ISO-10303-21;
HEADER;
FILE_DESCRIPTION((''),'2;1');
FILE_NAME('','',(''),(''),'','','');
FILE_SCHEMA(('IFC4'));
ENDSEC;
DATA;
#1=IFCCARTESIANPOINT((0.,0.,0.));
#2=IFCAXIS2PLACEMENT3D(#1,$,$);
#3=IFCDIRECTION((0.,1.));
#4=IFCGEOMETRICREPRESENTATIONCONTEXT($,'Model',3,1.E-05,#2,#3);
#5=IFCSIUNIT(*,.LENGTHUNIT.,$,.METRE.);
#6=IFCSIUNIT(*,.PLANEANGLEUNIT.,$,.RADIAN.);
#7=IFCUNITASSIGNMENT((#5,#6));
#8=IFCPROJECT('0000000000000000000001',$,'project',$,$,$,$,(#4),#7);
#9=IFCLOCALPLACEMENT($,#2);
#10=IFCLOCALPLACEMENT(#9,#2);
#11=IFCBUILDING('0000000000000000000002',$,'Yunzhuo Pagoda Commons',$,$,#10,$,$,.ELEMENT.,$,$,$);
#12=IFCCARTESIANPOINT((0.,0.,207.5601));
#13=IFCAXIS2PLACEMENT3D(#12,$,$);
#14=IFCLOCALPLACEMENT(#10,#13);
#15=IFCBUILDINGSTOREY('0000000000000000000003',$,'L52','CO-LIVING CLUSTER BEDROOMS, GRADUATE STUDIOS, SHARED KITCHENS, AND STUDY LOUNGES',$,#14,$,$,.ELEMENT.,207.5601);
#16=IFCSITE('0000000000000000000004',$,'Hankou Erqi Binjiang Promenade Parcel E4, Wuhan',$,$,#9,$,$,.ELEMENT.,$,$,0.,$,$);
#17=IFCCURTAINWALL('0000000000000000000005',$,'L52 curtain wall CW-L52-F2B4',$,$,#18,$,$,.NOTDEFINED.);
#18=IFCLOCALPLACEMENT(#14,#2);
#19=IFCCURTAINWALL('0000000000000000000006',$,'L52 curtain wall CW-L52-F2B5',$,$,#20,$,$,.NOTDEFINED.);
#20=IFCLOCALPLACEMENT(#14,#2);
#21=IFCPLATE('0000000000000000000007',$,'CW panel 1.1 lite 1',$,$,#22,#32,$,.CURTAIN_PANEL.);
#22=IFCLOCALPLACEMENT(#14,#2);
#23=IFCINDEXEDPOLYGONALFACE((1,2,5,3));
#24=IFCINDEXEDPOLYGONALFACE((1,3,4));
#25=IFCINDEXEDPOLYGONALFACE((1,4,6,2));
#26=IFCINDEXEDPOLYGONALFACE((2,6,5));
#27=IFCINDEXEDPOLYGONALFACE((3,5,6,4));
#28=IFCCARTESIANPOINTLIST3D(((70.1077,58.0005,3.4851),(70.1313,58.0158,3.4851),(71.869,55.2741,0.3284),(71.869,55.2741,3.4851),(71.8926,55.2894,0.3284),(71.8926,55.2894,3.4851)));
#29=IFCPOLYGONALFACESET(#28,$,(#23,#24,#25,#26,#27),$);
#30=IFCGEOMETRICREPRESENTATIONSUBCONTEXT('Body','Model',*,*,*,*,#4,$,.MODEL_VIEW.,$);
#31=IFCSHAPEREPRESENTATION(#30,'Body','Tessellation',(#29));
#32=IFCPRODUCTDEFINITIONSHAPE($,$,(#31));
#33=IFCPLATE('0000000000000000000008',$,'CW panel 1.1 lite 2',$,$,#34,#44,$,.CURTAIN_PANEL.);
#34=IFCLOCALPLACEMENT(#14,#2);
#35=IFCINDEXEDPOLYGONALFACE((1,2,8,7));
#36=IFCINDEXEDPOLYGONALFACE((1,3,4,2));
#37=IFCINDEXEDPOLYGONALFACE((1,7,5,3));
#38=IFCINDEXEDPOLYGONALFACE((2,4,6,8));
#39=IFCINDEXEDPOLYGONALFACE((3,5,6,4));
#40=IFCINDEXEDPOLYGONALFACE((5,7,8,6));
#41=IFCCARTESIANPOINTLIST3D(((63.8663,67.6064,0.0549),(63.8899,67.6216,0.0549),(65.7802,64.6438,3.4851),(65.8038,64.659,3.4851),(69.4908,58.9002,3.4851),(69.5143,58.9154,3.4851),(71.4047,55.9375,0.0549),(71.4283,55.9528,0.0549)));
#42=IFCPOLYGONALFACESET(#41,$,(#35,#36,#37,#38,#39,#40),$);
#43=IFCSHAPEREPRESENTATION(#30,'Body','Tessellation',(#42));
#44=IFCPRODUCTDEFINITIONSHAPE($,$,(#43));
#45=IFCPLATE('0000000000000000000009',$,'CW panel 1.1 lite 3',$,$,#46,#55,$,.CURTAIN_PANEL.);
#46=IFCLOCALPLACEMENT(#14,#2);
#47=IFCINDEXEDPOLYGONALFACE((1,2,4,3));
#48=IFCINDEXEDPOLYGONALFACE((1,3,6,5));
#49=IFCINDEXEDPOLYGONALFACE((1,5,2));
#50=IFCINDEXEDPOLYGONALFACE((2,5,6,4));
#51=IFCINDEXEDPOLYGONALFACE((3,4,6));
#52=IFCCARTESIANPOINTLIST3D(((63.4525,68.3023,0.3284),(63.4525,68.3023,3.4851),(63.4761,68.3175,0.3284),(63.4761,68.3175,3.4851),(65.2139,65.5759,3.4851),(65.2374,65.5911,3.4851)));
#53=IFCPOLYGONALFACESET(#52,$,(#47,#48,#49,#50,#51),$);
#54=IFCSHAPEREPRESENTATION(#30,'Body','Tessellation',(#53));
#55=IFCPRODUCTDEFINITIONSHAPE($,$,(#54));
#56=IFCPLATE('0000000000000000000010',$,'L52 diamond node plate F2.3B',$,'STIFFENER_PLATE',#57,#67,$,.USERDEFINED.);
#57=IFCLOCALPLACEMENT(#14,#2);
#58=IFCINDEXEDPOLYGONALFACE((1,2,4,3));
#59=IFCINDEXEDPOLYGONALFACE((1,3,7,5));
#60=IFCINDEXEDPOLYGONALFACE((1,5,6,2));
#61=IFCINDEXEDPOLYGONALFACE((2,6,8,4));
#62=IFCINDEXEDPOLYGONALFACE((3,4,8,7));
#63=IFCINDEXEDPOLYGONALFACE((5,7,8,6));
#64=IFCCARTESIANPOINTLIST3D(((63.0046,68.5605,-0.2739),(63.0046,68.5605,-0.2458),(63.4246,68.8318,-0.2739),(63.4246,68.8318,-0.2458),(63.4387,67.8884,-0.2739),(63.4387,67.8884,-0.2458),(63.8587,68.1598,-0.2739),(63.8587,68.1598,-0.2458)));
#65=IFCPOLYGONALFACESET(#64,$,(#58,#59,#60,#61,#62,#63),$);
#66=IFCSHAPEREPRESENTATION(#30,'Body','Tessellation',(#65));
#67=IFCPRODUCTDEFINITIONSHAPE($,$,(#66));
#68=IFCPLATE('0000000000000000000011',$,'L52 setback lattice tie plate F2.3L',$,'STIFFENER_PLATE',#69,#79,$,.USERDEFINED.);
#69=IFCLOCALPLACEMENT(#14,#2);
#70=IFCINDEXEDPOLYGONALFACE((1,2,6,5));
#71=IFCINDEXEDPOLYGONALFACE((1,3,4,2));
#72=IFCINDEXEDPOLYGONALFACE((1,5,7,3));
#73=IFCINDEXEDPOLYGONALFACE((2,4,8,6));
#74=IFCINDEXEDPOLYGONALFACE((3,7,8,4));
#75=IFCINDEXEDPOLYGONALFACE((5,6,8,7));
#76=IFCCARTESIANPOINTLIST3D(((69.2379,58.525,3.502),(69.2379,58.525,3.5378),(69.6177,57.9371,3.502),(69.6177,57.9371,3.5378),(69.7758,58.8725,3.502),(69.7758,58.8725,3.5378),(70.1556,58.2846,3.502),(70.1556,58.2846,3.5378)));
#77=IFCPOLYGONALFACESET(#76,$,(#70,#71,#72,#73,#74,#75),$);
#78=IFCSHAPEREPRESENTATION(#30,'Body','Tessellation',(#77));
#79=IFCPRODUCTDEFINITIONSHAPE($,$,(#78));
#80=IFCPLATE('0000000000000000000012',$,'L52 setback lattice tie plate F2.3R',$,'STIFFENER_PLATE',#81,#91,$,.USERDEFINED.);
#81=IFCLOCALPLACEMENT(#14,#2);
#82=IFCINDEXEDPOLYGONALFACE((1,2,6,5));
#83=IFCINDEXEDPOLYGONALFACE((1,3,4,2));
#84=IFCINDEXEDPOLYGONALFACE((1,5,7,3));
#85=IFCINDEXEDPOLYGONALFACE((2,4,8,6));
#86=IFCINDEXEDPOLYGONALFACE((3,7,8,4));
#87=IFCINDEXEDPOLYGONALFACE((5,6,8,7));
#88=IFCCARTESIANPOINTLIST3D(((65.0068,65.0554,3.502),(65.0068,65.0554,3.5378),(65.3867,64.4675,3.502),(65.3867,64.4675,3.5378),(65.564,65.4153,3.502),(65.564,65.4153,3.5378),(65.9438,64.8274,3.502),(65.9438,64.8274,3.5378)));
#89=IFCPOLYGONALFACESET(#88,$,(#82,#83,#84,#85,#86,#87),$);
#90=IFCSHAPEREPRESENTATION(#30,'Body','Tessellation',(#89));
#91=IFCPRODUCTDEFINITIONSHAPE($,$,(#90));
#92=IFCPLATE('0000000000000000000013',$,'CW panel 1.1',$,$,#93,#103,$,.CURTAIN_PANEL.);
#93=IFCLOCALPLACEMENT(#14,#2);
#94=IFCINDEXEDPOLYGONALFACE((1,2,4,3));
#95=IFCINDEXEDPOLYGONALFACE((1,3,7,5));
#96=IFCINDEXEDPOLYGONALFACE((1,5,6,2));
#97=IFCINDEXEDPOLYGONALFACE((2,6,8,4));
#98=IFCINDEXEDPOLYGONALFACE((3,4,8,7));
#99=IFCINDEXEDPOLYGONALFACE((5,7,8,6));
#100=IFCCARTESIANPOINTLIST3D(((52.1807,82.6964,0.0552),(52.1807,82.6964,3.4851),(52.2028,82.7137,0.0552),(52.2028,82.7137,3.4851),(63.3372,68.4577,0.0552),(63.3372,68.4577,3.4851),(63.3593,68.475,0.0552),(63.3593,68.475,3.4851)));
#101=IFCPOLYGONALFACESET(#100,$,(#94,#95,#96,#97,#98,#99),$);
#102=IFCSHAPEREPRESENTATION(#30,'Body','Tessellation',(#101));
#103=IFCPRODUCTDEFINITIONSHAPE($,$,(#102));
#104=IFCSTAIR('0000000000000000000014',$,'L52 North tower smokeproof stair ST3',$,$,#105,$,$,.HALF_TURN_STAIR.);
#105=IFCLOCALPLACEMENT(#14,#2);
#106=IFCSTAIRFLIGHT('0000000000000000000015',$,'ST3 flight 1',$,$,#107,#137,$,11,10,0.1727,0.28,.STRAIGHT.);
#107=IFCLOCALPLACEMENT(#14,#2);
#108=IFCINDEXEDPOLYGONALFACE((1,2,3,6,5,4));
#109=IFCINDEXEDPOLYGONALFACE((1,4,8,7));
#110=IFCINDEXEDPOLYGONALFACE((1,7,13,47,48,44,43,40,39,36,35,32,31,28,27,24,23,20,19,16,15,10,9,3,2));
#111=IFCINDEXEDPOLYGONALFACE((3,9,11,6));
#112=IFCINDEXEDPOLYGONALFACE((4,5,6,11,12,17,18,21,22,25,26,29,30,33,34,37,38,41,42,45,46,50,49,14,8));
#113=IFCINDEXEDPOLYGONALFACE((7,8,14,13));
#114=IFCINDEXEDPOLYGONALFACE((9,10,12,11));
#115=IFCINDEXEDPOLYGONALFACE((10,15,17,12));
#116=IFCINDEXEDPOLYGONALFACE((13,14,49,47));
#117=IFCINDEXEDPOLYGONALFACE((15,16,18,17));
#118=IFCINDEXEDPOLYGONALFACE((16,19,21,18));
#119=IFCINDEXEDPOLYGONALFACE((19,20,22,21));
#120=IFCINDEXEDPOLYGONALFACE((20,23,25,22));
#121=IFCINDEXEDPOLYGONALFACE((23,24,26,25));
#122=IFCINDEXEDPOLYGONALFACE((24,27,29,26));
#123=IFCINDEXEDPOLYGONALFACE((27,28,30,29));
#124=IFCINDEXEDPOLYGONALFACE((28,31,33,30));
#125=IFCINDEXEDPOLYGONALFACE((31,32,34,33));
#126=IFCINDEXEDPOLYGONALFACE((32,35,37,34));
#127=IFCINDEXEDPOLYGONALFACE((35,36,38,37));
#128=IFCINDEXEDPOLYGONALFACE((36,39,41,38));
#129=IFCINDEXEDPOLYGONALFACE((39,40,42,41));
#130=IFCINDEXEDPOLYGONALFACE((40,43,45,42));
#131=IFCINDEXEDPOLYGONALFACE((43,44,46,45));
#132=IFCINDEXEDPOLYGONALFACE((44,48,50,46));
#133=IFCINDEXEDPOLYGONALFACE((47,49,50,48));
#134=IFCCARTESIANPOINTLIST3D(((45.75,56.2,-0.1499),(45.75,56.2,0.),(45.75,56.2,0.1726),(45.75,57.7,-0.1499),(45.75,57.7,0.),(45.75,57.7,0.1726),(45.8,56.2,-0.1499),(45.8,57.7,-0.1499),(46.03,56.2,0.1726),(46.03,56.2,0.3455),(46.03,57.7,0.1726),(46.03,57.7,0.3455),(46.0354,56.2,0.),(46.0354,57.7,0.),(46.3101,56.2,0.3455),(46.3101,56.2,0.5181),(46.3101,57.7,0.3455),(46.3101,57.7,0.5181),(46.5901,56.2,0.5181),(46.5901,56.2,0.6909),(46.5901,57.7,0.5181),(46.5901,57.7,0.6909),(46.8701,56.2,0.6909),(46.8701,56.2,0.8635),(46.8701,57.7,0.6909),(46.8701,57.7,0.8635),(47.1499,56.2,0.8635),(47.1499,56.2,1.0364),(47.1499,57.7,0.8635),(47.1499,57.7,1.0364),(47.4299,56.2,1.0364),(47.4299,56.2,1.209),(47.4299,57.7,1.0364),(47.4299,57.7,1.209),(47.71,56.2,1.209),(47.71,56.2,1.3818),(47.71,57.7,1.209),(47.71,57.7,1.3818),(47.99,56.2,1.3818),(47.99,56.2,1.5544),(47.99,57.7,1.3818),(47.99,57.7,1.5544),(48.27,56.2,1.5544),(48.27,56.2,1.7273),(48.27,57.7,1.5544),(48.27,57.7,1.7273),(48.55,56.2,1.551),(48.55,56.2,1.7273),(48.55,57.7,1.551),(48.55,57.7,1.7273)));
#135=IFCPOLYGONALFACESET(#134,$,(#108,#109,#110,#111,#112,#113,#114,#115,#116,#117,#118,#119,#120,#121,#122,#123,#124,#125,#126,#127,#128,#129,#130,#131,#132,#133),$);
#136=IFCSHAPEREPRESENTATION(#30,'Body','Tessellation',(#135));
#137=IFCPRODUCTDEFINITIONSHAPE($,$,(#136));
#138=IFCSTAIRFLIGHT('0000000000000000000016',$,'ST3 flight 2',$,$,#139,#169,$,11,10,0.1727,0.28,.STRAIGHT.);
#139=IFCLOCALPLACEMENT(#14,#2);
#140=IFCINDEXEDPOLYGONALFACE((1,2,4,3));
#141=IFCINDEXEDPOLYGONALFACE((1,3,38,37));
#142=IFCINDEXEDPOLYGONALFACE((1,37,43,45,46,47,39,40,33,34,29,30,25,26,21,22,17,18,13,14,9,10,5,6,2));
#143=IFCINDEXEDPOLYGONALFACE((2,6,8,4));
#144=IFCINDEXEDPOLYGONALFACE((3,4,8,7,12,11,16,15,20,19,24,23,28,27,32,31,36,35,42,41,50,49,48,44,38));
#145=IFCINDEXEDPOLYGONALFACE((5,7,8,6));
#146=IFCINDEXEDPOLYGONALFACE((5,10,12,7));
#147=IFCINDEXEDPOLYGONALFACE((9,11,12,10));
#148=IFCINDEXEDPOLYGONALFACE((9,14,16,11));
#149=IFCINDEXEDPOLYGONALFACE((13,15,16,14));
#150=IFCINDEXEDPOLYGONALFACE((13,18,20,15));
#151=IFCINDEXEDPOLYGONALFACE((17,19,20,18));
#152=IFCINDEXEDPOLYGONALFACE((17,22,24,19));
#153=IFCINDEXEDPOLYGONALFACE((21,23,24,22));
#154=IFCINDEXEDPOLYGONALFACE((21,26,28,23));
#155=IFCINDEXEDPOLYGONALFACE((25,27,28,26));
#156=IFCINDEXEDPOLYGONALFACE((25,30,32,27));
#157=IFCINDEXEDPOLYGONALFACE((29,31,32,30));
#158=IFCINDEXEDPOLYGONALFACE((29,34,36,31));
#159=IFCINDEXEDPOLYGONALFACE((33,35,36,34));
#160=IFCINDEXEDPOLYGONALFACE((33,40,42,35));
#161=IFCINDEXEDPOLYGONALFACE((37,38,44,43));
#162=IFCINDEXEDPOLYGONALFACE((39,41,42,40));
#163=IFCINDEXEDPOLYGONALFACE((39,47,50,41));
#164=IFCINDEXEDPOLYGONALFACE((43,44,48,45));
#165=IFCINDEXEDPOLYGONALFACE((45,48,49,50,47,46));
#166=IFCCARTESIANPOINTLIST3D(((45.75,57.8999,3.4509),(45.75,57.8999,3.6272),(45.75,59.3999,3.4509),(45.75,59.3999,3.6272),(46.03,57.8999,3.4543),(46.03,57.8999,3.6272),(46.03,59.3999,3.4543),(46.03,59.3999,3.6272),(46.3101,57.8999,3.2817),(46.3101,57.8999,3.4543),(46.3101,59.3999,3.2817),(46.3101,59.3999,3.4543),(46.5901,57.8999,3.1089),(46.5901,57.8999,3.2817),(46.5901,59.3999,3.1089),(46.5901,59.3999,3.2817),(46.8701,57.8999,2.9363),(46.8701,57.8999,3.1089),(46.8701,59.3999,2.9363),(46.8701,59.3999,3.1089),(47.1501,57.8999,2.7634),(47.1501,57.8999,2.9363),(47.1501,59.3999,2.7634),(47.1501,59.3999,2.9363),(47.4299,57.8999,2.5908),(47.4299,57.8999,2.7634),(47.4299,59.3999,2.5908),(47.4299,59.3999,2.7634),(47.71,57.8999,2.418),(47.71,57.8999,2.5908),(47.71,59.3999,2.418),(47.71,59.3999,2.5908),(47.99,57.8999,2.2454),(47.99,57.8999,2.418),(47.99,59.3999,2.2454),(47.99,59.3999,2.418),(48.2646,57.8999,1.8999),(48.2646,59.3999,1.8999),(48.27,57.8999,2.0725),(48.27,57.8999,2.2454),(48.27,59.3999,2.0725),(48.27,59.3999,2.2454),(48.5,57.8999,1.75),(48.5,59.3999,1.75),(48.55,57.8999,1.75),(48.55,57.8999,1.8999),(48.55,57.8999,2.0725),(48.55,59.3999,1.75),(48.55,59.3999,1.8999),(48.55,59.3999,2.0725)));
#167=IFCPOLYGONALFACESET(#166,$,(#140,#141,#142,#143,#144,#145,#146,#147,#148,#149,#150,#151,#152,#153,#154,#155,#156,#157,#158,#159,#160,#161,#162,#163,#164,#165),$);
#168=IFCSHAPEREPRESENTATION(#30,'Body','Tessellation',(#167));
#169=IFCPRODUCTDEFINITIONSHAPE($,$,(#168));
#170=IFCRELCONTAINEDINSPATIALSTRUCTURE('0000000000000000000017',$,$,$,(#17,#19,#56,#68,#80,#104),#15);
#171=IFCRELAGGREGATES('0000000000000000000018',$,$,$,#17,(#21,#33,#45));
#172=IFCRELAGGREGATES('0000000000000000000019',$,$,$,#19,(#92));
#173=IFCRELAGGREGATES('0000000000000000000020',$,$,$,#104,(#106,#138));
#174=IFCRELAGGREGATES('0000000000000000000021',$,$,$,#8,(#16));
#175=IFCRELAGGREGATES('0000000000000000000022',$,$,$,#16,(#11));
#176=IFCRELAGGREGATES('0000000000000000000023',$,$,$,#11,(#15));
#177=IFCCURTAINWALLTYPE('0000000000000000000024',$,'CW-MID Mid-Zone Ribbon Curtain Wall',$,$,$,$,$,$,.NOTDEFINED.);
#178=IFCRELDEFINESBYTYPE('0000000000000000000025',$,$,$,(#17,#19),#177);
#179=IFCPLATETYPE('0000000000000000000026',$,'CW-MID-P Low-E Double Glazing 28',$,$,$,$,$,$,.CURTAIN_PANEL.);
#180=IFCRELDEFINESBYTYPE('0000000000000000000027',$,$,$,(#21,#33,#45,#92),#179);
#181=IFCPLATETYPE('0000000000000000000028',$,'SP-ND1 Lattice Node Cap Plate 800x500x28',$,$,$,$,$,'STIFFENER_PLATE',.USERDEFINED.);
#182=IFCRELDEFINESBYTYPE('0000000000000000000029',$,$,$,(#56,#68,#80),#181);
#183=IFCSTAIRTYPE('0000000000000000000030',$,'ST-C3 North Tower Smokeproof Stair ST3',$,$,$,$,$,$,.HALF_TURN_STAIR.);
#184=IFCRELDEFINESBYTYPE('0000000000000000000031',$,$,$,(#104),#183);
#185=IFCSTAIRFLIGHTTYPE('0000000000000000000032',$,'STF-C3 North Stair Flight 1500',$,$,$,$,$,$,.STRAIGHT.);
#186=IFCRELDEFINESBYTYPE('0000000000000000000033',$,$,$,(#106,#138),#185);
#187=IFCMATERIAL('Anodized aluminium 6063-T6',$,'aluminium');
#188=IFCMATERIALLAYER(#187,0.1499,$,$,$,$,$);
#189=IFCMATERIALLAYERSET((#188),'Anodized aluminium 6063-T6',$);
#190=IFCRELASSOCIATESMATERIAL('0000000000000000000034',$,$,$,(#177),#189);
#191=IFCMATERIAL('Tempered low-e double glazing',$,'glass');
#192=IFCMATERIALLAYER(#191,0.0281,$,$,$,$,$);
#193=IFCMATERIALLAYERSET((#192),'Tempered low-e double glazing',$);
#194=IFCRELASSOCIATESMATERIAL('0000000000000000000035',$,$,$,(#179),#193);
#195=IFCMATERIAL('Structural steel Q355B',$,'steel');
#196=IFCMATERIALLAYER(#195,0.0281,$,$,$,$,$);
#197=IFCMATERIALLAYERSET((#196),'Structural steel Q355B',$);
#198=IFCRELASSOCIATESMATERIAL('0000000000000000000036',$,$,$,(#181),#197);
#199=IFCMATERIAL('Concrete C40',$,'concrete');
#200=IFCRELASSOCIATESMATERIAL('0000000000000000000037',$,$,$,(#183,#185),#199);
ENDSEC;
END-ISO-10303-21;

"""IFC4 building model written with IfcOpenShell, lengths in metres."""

from ifc_helpers import new_model, si_unit, direction, frame, origin, origin_2d, place, context, subcontext, project, spatial, polyline, rectangle, outline, extrude, source, transform, mapped, material, layer, layer_set, type_object, element, aggregate, save


model = new_model("IFC4")

# Units and contexts
model_context = context("Model", 3, precision=1e-05, world=origin(), true_north=direction((0.0, 1.0)))
body_context = subcontext(model_context, "Body", "Model", "MODEL_VIEW")
ifc_project = project(units=[si_unit("LENGTHUNIT", "METRE"), si_unit("PLANEANGLEUNIT", "RADIAN")], contexts=[model_context])

# Site, building, storey
site_placement = place(None, origin())
site = spatial("IfcSite", under=ifc_project, at=site_placement, Name="Hankou Erqi Binjiang Promenade Parcel E4, Wuhan", CompositionType="ELEMENT", RefElevation=0.0)
building_placement = place(site_placement, origin())
building = spatial("IfcBuilding", under=site, at=building_placement, Name="Yunzhuo Pagoda Commons", CompositionType="ELEMENT")
storey_placement = place(building_placement, frame((0.0, 0.0, 207.5601)))
storey = spatial("IfcBuildingStorey", under=building, at=storey_placement, Name="L52", Description="CO-LIVING CLUSTER BEDROOMS, GRADUATE STUDIOS, SHARED KITCHENS, AND STUDY LOUNGES", CompositionType="ELEMENT", Elevation=207.5601)

# Shared definitions
ifc_material_1 = material(Name="Structural steel Q355B", Category="steel")

# Curtain wall
ifc_material_2 = material(Name="Anodized aluminium 6063-T6", Category="aluminium")
ifc_layer_1 = layer(ifc_material_2, 0.1499)
ifc_layer_set_1 = layer_set([ifc_layer_1], Name="Anodized aluminium 6063-T6")
curtain_wall_type = type_object("IfcCurtainWallType", Name="CW-MID Mid-Zone Ribbon Curtain Wall", PredefinedType="NOTDEFINED", material=ifc_layer_set_1)
curtain_wall_1_placement = place(storey_placement, origin())
curtain_wall_1 = element("IfcCurtainWall", 1, at=curtain_wall_1_placement, inside=storey, type_object=curtain_wall_type, Name="L52 curtain wall CW-L52-F2B4", PredefinedType="NOTDEFINED")

# Curtain wall
curtain_wall_2_placement = place(storey_placement, origin())
curtain_wall_2 = element("IfcCurtainWall", 2, at=curtain_wall_2_placement, inside=storey, type_object=curtain_wall_type, Name="L52 curtain wall CW-L52-F2B5", PredefinedType="NOTDEFINED")

# Plates
ifc_material_3 = material(Name="Tempered low-e double glazing", Category="glass")
ifc_layer_2 = layer(ifc_material_3, 0.0281)
ifc_layer_set_2 = layer_set([ifc_layer_2], Name="Tempered low-e double glazing")
plate_type_1 = type_object("IfcPlateType", Name="CW-MID-P Low-E Double Glazing 28", PredefinedType="CURTAIN_PANEL", material=ifc_layer_set_2)
plate_1_placement = place(storey_placement, frame((70.9883, 56.6375, 1.9067), z_axis=(0.839965, 0.54264, 0.0), x_axis=(-0.54264, 0.839965, 0.0)))
plate_1 = element("IfcPlate", 3, at=plate_1_placement, type_object=plate_type_1, Name="CW panel 1.1 lite 1", PredefinedType="CURTAIN_PANEL", context=body_context, shape_type="SweptSolid", body=[
    extrude(outline(polyline([(-1.623, -1.5784), (1.6228, 1.5784), (-1.623, 1.5784), (-1.623, -1.5784)])), origin(), (0.0, 0.0, 1.0), 0.0281),
])
plate_2_placement = place(storey_placement, frame((67.6355, 61.772, 1.77), z_axis=(0.839965, 0.54264, 0.0), x_axis=(-0.54264, 0.839965, 0.0)))
plate_2 = element("IfcPlate", 4, at=plate_2_placement, type_object=plate_type_1, Name="CW panel 1.1 lite 2", PredefinedType="CURTAIN_PANEL", context=body_context, shape_type="SweptSolid", body=[
    extrude(outline(polyline([(-6.946, -1.7151), (6.946, -1.7151), (3.4189, 1.7151), (-3.4189, 1.7151), (-6.946, -1.7151)])), origin(), (0.0, 0.0, 1.0), 0.0281),
])
plate_3_placement = place(storey_placement, frame((64.3333, 66.939, 1.9067), z_axis=(0.839965, 0.54264, 0.0), x_axis=(-0.54264, 0.839965, 0.0)))
plate_3 = element("IfcPlate", 5, at=plate_3_placement, type_object=plate_type_1, Name="CW panel 1.1 lite 3", PredefinedType="CURTAIN_PANEL", context=body_context, shape_type="SweptSolid", body=[
    extrude(outline(polyline([(-1.6228, 1.5784), (1.623, -1.5784), (1.623, 1.5784), (-1.6228, 1.5784)])), origin(), (0.0, 0.0, 1.0), 0.0281),
])
aggregate(curtain_wall_1, [plate_1, plate_2, plate_3])

# Plates
ifc_layer_3 = layer(ifc_material_1, 0.0281)
ifc_layer_set_3 = layer_set([ifc_layer_3], Name="Structural steel Q355B")
plate_type_2 = type_object("IfcPlateType", Name="SP-ND1 Lattice Node Cap Plate 800x500x28", ElementType="STIFFENER_PLATE", PredefinedType="USERDEFINED", material=ifc_layer_set_3)
shared_shape_1 = source(origin(), body_context, "Body", "SweptSolid", [
    extrude(rectangle(XDim=0.8, YDim=0.5, at=origin_2d()), origin(), (0.0, 0.0, 1.0), 0.0281),
])
plate_4_placement = place(storey_placement, frame((63.4316, 68.3601, -0.2739), z_axis=(0.0, 0.0, 1.0), x_axis=(-0.542647, 0.839961, 0.0)))
element("IfcPlate", 6, at=plate_4_placement, inside=storey, type_object=plate_type_2, Name="L52 diamond node plate F2.3B", ObjectType="STIFFENER_PLATE", PredefinedType="USERDEFINED", context=body_context, shape_type="MappedRepresentation", body=[
    mapped(shared_shape_1, transform((0.0, 0.0, 0.0), scale=1.0)),
])
shared_shape_2 = source(origin(), body_context, "Body", "SweptSolid", [
    extrude(rectangle(XDim=0.7, YDim=0.6404, at=origin_2d()), origin(), (0.0, 0.0, 1.0), 0.0359),
])
plate_5_placement = place(storey_placement, frame((69.6968, 58.4048, 3.502), z_axis=(0.0, 0.0, 1.0), x_axis=(-0.542647, 0.839961, 0.0)))
element("IfcPlate", 7, at=plate_5_placement, inside=storey, type_object=plate_type_2, Name="L52 setback lattice tie plate F2.3L", ObjectType="STIFFENER_PLATE", PredefinedType="USERDEFINED", context=body_context, shape_type="MappedRepresentation", body=[
    mapped(shared_shape_2, transform((0.0, 0.0, 0.0), scale=1.0)),
])
shared_shape_3 = source(origin(), body_context, "Body", "SweptSolid", [
    extrude(rectangle(XDim=0.7, YDim=0.6633, at=origin_2d()), origin(), (0.0, 0.0, 1.0), 0.0359),
])
plate_6_placement = place(storey_placement, frame((65.4753, 64.9414, 3.502), z_axis=(0.0, 0.0, 1.0), x_axis=(-0.542647, 0.839961, 0.0)))
element("IfcPlate", 8, at=plate_6_placement, inside=storey, type_object=plate_type_2, Name="L52 setback lattice tie plate F2.3R", ObjectType="STIFFENER_PLATE", PredefinedType="USERDEFINED", context=body_context, shape_type="MappedRepresentation", body=[
    mapped(shared_shape_3, transform((0.0, 0.0, 0.0), scale=1.0)),
])

# Plate
shared_shape_4 = source(origin(), body_context, "Body", "SweptSolid", [
    extrude(rectangle(XDim=18.0889, YDim=0.0281, at=origin_2d()), origin(), (0.0, 0.0, 1.0), 3.4299),
])
plate_7_placement = place(storey_placement, frame((57.77, 75.5857, 0.0552), z_axis=(0.0, 0.0, 1.0), x_axis=(-0.616762, 0.78715, 0.0)))
plate_7 = element("IfcPlate", 9, at=plate_7_placement, type_object=plate_type_1, Name="CW panel 1.1", PredefinedType="CURTAIN_PANEL", context=body_context, shape_type="MappedRepresentation", body=[
    mapped(shared_shape_4, transform((0.0, 0.0, 0.0), scale=1.0)),
])
aggregate(curtain_wall_2, [plate_7])

# Stair, stair flights
ifc_material_4 = material(Name="Concrete C40", Category="concrete")
stair_type = type_object("IfcStairType", Name="ST-C3 North Tower Smokeproof Stair ST3", PredefinedType="HALF_TURN_STAIR", material=ifc_material_4)
stair_placement = place(storey_placement, origin())
stair = element("IfcStair", 10, at=stair_placement, inside=storey, type_object=stair_type, Name="L52 North tower smokeproof stair ST3", PredefinedType="HALF_TURN_STAIR")
stair_flight_type = type_object("IfcStairFlightType", Name="STF-C3 North Stair Flight 1500", PredefinedType="STRAIGHT", material=ifc_material_4)
shared_shape_5 = source(origin(), body_context, "Body", "SweptSolid", [
    extrude(outline(polyline([(0.0, -0.1499), (0.0, 0.0), (0.0, 0.1726), (0.28, 0.1726), (0.28, 0.3455), (0.5601, 0.3455), (0.5601, 0.5181), (0.8401, 0.5181), (0.8401, 0.6909), (1.1201, 0.6909), (1.1201, 0.8635), (1.3999, 0.8635), (1.3999, 1.0364), (1.6799, 1.0364), (1.6799, 1.209), (1.96, 1.209), (1.96, 1.3818), (2.24, 1.3818), (2.24, 1.5544), (2.52, 1.5544), (2.52, 1.7273), (2.8, 1.7273), (2.8, 1.8999), (2.8, 1.551), (0.2854, 0.0), (0.05, -0.1499), (0.0, -0.1499)])), frame((0.0, 0.75, 0.0), z_axis=(0.0, -1.0, 0.0), x_axis=(1.0, 0.0, 0.0)), (0.0, 0.0, 1.0), 1.5),
])
stair_flight_1_placement = place(storey_placement, frame((45.75, 56.95, 0.0), z_axis=(0.0, 0.0, 1.0), x_axis=(1.0, 0.0, 0.0)))
stair_flight_1 = element("IfcStairFlight", 11, at=stair_flight_1_placement, type_object=stair_flight_type, Name="ST3 flight 1", NumberOfRisers=11, NumberOfTreads=10, PredefinedType="STRAIGHT", RiserHeight=0.1727, TreadLength=0.28, context=body_context, shape_type="MappedRepresentation", body=[
    mapped(shared_shape_5, transform((0.0, 0.0, 0.0), scale=1.0)),
])
stair_flight_2_placement = place(storey_placement, frame((48.55, 58.6499, 1.8999), z_axis=(0.0, 0.0, 1.0), x_axis=(-1.0, 0.0, 0.0)))
stair_flight_2 = element("IfcStairFlight", 12, at=stair_flight_2_placement, type_object=stair_flight_type, Name="ST3 flight 2", NumberOfRisers=11, NumberOfTreads=10, PredefinedType="STRAIGHT", RiserHeight=0.1727, TreadLength=0.28, context=body_context, shape_type="MappedRepresentation", body=[
    mapped(shared_shape_5, transform((0.0, 0.0, 0.0), scale=1.0)),
])
aggregate(stair, [stair_flight_1, stair_flight_2])

save(model, "model.ifc")
